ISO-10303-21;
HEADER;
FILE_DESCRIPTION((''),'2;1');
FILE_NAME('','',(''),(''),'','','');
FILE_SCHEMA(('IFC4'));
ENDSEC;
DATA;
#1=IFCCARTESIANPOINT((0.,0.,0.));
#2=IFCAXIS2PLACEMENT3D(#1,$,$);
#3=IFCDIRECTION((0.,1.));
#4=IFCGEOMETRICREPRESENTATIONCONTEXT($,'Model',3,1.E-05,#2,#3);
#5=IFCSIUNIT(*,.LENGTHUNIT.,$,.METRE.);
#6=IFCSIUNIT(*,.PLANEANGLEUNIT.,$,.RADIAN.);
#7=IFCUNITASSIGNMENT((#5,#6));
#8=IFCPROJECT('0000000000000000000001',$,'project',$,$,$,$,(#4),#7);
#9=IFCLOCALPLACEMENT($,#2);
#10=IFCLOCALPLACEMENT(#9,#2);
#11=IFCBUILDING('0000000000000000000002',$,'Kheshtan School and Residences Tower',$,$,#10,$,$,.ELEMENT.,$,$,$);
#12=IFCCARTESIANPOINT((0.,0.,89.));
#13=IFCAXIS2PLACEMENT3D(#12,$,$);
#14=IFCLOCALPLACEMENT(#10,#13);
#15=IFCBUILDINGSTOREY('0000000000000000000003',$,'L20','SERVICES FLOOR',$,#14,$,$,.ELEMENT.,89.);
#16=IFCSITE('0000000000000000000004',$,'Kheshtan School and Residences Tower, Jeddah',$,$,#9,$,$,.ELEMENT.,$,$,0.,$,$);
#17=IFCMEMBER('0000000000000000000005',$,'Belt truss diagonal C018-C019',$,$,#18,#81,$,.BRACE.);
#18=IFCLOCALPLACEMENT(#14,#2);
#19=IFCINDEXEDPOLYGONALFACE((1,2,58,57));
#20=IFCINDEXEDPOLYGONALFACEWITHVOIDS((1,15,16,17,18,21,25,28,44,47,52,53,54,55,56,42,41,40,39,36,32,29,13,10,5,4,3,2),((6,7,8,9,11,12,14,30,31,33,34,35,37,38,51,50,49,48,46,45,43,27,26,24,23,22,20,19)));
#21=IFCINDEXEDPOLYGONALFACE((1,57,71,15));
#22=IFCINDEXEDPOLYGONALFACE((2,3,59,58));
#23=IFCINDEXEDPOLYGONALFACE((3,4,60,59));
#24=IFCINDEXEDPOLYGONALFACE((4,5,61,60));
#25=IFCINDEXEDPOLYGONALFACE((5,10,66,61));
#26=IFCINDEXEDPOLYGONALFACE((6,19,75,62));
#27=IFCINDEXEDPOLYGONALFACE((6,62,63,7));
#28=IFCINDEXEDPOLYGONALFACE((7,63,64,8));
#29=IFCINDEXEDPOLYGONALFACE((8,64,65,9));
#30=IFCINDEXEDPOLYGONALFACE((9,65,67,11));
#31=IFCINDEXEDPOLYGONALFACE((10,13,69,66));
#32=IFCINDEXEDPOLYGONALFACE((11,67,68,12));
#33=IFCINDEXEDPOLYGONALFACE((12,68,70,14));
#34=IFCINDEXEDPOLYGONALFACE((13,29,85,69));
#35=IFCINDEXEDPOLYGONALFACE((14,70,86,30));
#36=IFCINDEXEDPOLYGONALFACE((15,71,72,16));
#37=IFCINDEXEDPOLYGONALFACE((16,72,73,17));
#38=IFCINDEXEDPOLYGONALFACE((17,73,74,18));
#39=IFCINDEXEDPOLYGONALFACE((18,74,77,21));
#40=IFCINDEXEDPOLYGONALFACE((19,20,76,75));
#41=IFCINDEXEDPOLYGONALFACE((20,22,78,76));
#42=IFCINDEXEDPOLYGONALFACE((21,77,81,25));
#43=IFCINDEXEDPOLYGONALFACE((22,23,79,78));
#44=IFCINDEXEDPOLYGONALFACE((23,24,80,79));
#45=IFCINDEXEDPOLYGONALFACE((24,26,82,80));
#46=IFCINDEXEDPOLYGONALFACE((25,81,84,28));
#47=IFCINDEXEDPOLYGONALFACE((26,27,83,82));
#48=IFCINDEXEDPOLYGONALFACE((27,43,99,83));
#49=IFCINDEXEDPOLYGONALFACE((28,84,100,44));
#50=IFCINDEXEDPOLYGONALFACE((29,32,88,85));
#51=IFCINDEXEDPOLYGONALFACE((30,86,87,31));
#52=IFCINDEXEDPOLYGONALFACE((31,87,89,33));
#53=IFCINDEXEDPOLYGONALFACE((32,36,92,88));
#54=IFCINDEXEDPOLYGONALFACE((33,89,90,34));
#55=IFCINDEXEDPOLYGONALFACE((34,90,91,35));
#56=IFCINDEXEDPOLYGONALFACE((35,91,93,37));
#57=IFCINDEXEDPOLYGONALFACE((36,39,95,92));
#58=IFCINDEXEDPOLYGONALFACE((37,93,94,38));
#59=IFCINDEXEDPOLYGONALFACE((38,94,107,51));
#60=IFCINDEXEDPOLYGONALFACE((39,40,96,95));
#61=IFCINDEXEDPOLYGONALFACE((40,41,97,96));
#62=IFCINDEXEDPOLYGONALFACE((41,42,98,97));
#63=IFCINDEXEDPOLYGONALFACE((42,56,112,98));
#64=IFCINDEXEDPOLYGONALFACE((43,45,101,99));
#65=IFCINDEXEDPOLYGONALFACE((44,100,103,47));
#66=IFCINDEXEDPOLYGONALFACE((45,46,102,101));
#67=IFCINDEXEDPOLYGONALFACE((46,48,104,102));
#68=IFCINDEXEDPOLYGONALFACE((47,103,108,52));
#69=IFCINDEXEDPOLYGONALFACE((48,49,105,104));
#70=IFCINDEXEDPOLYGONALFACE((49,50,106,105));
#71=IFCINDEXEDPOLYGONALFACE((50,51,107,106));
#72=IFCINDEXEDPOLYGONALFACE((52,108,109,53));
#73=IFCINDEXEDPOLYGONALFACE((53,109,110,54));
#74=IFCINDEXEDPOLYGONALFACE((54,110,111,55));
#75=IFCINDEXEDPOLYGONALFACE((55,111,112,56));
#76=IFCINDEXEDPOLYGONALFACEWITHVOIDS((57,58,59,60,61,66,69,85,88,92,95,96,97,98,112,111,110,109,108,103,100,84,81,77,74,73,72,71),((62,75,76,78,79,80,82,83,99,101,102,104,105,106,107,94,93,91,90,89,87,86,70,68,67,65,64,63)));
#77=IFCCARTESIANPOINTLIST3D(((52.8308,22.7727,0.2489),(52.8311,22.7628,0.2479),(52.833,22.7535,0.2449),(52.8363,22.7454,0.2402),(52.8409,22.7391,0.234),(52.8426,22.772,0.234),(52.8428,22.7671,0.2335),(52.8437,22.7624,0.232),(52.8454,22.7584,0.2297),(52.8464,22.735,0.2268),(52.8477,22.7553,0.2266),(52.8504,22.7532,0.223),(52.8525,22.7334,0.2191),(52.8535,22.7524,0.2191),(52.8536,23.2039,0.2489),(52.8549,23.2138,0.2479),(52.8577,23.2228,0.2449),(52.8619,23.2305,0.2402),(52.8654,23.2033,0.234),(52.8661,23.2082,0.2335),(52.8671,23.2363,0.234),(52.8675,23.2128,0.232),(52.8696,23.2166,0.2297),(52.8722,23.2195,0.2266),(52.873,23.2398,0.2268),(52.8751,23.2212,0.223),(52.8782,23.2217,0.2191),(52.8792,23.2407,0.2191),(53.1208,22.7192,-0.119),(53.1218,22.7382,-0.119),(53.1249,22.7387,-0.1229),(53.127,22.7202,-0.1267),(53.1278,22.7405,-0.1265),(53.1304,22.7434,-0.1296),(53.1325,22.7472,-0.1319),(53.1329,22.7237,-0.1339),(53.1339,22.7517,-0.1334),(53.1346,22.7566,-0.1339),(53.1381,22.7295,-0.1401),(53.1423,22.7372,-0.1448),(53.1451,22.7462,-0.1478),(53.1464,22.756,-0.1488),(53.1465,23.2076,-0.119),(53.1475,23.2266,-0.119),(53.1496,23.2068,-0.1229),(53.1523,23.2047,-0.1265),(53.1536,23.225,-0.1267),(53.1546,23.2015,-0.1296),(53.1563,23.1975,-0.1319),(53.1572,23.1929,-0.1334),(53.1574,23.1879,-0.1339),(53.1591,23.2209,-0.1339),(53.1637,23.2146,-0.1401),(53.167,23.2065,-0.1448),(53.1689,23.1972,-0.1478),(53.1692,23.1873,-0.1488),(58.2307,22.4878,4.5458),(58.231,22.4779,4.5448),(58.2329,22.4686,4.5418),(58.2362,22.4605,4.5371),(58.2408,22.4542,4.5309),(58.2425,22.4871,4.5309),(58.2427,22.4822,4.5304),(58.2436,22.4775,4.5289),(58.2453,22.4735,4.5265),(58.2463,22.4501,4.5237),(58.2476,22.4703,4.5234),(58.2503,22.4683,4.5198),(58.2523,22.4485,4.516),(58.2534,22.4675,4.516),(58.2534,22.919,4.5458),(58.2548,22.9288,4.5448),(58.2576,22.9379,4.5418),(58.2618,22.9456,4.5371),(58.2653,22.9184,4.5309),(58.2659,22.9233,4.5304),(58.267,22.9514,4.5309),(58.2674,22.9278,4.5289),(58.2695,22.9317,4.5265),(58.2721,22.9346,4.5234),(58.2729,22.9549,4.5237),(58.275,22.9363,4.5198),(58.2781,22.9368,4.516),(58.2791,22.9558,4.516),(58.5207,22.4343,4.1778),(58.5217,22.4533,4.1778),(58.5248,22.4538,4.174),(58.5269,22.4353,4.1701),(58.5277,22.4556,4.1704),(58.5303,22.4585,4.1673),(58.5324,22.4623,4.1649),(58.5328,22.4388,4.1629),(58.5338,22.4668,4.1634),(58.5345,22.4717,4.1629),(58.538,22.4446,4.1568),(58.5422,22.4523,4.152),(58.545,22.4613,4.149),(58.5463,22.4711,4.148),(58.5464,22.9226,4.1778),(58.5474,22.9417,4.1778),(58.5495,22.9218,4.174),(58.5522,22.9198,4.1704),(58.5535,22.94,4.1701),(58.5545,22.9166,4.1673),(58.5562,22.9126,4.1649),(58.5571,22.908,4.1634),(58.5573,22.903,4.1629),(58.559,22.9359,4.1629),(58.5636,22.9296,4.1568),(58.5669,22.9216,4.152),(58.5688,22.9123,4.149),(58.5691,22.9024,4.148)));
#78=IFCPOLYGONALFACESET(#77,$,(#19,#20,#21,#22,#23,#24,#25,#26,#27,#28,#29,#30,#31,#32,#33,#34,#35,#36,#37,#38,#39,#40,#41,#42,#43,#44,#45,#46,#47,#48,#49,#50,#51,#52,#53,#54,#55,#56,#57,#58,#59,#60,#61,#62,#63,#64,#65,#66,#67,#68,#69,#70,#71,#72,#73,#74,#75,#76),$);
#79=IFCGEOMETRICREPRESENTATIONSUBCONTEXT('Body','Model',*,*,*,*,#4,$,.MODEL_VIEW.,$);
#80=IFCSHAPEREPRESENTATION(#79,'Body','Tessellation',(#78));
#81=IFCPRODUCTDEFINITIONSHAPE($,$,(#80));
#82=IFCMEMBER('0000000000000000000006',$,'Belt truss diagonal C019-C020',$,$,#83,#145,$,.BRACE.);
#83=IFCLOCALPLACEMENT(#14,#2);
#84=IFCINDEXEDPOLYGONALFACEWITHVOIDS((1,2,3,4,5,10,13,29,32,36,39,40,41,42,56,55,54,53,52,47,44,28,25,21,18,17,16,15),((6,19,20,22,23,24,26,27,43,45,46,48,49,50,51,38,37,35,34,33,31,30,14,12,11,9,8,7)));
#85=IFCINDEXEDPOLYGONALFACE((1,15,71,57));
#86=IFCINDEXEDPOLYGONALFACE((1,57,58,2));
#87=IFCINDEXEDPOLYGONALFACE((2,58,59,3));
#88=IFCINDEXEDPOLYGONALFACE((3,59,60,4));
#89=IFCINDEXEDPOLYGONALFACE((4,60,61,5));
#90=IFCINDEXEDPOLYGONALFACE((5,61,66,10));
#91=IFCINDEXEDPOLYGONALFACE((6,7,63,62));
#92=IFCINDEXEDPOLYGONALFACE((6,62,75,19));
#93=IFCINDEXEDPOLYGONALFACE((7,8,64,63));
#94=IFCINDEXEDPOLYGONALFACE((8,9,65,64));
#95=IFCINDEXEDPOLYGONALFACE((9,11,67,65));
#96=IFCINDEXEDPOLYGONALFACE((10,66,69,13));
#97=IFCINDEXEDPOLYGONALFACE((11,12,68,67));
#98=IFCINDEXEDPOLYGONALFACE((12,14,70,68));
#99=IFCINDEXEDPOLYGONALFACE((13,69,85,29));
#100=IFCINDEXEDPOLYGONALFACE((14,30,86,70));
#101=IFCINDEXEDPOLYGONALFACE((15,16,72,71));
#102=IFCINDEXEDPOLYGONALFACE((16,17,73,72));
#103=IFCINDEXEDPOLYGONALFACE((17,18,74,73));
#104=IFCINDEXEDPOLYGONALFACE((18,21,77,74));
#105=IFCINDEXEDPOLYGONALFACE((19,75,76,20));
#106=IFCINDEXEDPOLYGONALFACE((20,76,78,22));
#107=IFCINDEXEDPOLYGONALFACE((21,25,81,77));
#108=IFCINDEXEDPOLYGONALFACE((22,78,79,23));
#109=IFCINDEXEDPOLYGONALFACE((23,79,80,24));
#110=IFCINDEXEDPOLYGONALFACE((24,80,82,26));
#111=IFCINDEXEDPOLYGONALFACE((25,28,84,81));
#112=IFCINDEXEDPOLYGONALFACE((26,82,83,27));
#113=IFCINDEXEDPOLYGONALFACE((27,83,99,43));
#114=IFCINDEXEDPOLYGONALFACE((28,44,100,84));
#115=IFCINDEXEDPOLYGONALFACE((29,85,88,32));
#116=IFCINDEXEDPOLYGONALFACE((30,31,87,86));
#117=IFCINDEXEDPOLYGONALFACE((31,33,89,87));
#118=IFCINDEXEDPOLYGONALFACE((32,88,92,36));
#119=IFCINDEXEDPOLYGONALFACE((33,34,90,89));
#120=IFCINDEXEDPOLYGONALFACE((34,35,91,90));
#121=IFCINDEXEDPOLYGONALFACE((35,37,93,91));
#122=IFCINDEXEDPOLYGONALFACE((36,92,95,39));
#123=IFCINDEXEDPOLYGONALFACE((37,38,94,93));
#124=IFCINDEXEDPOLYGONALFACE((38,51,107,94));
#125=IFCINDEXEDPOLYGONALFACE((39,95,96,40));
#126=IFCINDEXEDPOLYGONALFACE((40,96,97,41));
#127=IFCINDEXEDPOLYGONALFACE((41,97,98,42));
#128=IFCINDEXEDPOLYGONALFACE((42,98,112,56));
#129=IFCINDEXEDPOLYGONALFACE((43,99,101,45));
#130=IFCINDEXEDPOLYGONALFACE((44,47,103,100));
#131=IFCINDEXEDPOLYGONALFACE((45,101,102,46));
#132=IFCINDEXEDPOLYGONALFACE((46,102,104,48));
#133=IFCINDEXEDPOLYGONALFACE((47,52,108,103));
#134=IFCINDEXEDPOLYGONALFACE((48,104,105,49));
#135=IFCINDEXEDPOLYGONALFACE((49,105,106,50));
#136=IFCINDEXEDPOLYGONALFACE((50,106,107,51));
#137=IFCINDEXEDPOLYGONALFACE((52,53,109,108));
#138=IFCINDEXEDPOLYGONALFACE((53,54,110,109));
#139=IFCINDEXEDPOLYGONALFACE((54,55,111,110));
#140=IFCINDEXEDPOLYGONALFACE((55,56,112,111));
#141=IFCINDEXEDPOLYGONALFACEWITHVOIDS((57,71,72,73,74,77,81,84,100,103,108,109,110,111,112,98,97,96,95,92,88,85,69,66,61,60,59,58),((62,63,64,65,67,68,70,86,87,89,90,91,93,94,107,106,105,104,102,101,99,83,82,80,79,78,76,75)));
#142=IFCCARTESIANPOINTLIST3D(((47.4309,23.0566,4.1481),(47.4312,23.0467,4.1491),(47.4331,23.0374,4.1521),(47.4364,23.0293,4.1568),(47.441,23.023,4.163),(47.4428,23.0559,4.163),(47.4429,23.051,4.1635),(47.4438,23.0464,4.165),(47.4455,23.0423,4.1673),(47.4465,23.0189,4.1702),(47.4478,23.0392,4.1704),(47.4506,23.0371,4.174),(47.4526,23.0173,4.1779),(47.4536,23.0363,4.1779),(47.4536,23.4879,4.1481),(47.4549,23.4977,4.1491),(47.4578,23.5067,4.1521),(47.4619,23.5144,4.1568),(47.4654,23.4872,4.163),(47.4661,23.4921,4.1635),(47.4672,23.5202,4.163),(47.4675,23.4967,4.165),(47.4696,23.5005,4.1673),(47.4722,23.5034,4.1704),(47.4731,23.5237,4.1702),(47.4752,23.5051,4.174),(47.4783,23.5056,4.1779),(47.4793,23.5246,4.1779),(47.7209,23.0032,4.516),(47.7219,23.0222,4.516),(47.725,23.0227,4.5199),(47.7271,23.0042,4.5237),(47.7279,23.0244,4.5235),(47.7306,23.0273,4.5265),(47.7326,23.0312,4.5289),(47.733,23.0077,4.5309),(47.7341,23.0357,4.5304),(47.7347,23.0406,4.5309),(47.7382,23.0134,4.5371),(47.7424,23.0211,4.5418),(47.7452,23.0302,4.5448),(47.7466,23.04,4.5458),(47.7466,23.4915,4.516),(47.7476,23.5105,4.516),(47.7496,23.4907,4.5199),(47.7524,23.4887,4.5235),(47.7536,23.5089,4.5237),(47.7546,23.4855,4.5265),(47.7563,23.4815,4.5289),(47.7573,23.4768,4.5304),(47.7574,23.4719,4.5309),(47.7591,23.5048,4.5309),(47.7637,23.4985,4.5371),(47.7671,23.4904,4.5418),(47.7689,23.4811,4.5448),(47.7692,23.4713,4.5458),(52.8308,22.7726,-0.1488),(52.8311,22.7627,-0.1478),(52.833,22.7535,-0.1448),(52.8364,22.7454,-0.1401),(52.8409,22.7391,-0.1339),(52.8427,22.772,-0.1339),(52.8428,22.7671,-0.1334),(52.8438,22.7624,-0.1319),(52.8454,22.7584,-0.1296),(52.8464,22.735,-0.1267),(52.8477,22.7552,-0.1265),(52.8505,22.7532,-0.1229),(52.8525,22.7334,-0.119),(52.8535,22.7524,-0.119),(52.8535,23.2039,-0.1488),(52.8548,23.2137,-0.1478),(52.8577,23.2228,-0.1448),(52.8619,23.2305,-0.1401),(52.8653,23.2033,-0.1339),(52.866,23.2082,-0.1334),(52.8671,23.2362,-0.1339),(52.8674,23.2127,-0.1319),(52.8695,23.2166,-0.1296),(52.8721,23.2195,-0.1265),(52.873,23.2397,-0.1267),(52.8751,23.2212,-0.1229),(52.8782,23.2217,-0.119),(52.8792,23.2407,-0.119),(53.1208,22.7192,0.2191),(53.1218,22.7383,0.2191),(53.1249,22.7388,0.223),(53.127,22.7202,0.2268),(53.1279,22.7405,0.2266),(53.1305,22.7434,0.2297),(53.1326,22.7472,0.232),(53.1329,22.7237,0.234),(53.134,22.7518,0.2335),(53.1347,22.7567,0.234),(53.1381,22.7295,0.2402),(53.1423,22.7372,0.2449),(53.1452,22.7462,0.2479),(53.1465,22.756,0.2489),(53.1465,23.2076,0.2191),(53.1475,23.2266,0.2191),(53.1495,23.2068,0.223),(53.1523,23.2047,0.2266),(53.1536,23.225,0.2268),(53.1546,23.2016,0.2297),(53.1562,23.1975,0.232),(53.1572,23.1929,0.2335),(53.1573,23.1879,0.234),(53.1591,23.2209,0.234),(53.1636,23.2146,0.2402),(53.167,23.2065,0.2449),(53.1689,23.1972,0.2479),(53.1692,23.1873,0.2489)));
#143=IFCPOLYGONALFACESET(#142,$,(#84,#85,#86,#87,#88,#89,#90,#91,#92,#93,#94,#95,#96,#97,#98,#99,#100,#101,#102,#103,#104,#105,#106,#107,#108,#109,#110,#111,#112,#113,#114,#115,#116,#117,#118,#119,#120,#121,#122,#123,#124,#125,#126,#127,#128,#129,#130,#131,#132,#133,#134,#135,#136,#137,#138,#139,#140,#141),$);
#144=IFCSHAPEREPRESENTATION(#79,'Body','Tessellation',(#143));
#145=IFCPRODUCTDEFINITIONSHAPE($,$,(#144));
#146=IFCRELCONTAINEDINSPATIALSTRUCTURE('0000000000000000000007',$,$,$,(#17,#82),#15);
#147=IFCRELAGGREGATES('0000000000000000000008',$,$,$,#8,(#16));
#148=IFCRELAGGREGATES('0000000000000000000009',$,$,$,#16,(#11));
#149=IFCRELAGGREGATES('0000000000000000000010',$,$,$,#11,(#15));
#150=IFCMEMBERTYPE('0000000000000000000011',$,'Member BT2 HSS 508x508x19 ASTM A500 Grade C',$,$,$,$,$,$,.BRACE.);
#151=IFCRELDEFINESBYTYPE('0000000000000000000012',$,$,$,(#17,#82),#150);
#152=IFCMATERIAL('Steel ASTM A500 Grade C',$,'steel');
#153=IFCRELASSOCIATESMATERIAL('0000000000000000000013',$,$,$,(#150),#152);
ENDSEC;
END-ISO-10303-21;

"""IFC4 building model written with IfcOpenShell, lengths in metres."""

from ifc_helpers import new_model, si_unit, direction, frame, origin, origin_2d, place, context, subcontext, project, spatial, hollow_rectangle, extrude, material, material_profile, profile_set, type_object, element, save


model = new_model("IFC4")

# Units and contexts
model_context = context("Model", 3, precision=1e-05, world=origin(), true_north=direction((0.0, 1.0)))
body_context = subcontext(model_context, "Body", "Model", "MODEL_VIEW")
ifc_project = project(units=[si_unit("LENGTHUNIT", "METRE"), si_unit("PLANEANGLEUNIT", "RADIAN")], contexts=[model_context])

# Site, building, storey
site_placement = place(None, origin())
site = spatial("IfcSite", under=ifc_project, at=site_placement, Name="Kheshtan School and Residences Tower, Jeddah", CompositionType="ELEMENT", RefElevation=0.0)
building_placement = place(site_placement, origin())
building = spatial("IfcBuilding", under=site, at=building_placement, Name="Kheshtan School and Residences Tower", CompositionType="ELEMENT")
storey_placement = place(building_placement, frame((0.0, 0.0, 89.0)))
storey = spatial("IfcBuildingStorey", under=building, at=storey_placement, Name="L20", Description="SERVICES FLOOR", CompositionType="ELEMENT", Elevation=89.0)

# Members
ifc_material_1 = material(Name="Steel ASTM A500 Grade C", Category="steel")
ifc_material_profile_1 = material_profile(ifc_material_1, hollow_rectangle(XDim=0.5081, YDim=0.5081, WallThickness=0.019, InnerFilletRadius=0.019, OuterFilletRadius=0.0381, at=origin_2d()), Name="HSS 508x508x19")
ifc_profile_set_1 = profile_set([ifc_material_profile_1], Name="Steel ASTM A500 Grade C")
member_type_1 = type_object("IfcMemberType", Name="Member BT2 HSS 508x508x19 ASTM A500 Grade C", PredefinedType="BRACE", material=ifc_profile_set_1)
for number, where, z_axis, x_axis, name in (
    (1, (53.0, 22.98, 0.05), (0.781829, -0.041251, 0.622127), (0.052689, 0.998611, 0.0), "Belt truss diagonal C018-C019"),
    (2, (53.0, 22.98, 0.05), (-0.781834, 0.04111, 0.62213), (-0.052509, -0.99862, 0.0), "Belt truss diagonal C019-C020"),
):
    element("IfcMember", number, at=place(storey_placement, frame(where, z_axis=z_axis, x_axis=x_axis)), inside=storey, type_object=member_type_1, Name=name, PredefinedType="BRACE", context=body_context, shape_type="SweptSolid", body=[
        extrude(hollow_rectangle(XDim=0.5081, YDim=0.5081, WallThickness=0.019, InnerFilletRadius=0.019, OuterFilletRadius=0.0381, at=origin_2d()), origin(), (0.0, 0.0, 1.0), 6.9067),
    ])

save(model, "model.ifc")
